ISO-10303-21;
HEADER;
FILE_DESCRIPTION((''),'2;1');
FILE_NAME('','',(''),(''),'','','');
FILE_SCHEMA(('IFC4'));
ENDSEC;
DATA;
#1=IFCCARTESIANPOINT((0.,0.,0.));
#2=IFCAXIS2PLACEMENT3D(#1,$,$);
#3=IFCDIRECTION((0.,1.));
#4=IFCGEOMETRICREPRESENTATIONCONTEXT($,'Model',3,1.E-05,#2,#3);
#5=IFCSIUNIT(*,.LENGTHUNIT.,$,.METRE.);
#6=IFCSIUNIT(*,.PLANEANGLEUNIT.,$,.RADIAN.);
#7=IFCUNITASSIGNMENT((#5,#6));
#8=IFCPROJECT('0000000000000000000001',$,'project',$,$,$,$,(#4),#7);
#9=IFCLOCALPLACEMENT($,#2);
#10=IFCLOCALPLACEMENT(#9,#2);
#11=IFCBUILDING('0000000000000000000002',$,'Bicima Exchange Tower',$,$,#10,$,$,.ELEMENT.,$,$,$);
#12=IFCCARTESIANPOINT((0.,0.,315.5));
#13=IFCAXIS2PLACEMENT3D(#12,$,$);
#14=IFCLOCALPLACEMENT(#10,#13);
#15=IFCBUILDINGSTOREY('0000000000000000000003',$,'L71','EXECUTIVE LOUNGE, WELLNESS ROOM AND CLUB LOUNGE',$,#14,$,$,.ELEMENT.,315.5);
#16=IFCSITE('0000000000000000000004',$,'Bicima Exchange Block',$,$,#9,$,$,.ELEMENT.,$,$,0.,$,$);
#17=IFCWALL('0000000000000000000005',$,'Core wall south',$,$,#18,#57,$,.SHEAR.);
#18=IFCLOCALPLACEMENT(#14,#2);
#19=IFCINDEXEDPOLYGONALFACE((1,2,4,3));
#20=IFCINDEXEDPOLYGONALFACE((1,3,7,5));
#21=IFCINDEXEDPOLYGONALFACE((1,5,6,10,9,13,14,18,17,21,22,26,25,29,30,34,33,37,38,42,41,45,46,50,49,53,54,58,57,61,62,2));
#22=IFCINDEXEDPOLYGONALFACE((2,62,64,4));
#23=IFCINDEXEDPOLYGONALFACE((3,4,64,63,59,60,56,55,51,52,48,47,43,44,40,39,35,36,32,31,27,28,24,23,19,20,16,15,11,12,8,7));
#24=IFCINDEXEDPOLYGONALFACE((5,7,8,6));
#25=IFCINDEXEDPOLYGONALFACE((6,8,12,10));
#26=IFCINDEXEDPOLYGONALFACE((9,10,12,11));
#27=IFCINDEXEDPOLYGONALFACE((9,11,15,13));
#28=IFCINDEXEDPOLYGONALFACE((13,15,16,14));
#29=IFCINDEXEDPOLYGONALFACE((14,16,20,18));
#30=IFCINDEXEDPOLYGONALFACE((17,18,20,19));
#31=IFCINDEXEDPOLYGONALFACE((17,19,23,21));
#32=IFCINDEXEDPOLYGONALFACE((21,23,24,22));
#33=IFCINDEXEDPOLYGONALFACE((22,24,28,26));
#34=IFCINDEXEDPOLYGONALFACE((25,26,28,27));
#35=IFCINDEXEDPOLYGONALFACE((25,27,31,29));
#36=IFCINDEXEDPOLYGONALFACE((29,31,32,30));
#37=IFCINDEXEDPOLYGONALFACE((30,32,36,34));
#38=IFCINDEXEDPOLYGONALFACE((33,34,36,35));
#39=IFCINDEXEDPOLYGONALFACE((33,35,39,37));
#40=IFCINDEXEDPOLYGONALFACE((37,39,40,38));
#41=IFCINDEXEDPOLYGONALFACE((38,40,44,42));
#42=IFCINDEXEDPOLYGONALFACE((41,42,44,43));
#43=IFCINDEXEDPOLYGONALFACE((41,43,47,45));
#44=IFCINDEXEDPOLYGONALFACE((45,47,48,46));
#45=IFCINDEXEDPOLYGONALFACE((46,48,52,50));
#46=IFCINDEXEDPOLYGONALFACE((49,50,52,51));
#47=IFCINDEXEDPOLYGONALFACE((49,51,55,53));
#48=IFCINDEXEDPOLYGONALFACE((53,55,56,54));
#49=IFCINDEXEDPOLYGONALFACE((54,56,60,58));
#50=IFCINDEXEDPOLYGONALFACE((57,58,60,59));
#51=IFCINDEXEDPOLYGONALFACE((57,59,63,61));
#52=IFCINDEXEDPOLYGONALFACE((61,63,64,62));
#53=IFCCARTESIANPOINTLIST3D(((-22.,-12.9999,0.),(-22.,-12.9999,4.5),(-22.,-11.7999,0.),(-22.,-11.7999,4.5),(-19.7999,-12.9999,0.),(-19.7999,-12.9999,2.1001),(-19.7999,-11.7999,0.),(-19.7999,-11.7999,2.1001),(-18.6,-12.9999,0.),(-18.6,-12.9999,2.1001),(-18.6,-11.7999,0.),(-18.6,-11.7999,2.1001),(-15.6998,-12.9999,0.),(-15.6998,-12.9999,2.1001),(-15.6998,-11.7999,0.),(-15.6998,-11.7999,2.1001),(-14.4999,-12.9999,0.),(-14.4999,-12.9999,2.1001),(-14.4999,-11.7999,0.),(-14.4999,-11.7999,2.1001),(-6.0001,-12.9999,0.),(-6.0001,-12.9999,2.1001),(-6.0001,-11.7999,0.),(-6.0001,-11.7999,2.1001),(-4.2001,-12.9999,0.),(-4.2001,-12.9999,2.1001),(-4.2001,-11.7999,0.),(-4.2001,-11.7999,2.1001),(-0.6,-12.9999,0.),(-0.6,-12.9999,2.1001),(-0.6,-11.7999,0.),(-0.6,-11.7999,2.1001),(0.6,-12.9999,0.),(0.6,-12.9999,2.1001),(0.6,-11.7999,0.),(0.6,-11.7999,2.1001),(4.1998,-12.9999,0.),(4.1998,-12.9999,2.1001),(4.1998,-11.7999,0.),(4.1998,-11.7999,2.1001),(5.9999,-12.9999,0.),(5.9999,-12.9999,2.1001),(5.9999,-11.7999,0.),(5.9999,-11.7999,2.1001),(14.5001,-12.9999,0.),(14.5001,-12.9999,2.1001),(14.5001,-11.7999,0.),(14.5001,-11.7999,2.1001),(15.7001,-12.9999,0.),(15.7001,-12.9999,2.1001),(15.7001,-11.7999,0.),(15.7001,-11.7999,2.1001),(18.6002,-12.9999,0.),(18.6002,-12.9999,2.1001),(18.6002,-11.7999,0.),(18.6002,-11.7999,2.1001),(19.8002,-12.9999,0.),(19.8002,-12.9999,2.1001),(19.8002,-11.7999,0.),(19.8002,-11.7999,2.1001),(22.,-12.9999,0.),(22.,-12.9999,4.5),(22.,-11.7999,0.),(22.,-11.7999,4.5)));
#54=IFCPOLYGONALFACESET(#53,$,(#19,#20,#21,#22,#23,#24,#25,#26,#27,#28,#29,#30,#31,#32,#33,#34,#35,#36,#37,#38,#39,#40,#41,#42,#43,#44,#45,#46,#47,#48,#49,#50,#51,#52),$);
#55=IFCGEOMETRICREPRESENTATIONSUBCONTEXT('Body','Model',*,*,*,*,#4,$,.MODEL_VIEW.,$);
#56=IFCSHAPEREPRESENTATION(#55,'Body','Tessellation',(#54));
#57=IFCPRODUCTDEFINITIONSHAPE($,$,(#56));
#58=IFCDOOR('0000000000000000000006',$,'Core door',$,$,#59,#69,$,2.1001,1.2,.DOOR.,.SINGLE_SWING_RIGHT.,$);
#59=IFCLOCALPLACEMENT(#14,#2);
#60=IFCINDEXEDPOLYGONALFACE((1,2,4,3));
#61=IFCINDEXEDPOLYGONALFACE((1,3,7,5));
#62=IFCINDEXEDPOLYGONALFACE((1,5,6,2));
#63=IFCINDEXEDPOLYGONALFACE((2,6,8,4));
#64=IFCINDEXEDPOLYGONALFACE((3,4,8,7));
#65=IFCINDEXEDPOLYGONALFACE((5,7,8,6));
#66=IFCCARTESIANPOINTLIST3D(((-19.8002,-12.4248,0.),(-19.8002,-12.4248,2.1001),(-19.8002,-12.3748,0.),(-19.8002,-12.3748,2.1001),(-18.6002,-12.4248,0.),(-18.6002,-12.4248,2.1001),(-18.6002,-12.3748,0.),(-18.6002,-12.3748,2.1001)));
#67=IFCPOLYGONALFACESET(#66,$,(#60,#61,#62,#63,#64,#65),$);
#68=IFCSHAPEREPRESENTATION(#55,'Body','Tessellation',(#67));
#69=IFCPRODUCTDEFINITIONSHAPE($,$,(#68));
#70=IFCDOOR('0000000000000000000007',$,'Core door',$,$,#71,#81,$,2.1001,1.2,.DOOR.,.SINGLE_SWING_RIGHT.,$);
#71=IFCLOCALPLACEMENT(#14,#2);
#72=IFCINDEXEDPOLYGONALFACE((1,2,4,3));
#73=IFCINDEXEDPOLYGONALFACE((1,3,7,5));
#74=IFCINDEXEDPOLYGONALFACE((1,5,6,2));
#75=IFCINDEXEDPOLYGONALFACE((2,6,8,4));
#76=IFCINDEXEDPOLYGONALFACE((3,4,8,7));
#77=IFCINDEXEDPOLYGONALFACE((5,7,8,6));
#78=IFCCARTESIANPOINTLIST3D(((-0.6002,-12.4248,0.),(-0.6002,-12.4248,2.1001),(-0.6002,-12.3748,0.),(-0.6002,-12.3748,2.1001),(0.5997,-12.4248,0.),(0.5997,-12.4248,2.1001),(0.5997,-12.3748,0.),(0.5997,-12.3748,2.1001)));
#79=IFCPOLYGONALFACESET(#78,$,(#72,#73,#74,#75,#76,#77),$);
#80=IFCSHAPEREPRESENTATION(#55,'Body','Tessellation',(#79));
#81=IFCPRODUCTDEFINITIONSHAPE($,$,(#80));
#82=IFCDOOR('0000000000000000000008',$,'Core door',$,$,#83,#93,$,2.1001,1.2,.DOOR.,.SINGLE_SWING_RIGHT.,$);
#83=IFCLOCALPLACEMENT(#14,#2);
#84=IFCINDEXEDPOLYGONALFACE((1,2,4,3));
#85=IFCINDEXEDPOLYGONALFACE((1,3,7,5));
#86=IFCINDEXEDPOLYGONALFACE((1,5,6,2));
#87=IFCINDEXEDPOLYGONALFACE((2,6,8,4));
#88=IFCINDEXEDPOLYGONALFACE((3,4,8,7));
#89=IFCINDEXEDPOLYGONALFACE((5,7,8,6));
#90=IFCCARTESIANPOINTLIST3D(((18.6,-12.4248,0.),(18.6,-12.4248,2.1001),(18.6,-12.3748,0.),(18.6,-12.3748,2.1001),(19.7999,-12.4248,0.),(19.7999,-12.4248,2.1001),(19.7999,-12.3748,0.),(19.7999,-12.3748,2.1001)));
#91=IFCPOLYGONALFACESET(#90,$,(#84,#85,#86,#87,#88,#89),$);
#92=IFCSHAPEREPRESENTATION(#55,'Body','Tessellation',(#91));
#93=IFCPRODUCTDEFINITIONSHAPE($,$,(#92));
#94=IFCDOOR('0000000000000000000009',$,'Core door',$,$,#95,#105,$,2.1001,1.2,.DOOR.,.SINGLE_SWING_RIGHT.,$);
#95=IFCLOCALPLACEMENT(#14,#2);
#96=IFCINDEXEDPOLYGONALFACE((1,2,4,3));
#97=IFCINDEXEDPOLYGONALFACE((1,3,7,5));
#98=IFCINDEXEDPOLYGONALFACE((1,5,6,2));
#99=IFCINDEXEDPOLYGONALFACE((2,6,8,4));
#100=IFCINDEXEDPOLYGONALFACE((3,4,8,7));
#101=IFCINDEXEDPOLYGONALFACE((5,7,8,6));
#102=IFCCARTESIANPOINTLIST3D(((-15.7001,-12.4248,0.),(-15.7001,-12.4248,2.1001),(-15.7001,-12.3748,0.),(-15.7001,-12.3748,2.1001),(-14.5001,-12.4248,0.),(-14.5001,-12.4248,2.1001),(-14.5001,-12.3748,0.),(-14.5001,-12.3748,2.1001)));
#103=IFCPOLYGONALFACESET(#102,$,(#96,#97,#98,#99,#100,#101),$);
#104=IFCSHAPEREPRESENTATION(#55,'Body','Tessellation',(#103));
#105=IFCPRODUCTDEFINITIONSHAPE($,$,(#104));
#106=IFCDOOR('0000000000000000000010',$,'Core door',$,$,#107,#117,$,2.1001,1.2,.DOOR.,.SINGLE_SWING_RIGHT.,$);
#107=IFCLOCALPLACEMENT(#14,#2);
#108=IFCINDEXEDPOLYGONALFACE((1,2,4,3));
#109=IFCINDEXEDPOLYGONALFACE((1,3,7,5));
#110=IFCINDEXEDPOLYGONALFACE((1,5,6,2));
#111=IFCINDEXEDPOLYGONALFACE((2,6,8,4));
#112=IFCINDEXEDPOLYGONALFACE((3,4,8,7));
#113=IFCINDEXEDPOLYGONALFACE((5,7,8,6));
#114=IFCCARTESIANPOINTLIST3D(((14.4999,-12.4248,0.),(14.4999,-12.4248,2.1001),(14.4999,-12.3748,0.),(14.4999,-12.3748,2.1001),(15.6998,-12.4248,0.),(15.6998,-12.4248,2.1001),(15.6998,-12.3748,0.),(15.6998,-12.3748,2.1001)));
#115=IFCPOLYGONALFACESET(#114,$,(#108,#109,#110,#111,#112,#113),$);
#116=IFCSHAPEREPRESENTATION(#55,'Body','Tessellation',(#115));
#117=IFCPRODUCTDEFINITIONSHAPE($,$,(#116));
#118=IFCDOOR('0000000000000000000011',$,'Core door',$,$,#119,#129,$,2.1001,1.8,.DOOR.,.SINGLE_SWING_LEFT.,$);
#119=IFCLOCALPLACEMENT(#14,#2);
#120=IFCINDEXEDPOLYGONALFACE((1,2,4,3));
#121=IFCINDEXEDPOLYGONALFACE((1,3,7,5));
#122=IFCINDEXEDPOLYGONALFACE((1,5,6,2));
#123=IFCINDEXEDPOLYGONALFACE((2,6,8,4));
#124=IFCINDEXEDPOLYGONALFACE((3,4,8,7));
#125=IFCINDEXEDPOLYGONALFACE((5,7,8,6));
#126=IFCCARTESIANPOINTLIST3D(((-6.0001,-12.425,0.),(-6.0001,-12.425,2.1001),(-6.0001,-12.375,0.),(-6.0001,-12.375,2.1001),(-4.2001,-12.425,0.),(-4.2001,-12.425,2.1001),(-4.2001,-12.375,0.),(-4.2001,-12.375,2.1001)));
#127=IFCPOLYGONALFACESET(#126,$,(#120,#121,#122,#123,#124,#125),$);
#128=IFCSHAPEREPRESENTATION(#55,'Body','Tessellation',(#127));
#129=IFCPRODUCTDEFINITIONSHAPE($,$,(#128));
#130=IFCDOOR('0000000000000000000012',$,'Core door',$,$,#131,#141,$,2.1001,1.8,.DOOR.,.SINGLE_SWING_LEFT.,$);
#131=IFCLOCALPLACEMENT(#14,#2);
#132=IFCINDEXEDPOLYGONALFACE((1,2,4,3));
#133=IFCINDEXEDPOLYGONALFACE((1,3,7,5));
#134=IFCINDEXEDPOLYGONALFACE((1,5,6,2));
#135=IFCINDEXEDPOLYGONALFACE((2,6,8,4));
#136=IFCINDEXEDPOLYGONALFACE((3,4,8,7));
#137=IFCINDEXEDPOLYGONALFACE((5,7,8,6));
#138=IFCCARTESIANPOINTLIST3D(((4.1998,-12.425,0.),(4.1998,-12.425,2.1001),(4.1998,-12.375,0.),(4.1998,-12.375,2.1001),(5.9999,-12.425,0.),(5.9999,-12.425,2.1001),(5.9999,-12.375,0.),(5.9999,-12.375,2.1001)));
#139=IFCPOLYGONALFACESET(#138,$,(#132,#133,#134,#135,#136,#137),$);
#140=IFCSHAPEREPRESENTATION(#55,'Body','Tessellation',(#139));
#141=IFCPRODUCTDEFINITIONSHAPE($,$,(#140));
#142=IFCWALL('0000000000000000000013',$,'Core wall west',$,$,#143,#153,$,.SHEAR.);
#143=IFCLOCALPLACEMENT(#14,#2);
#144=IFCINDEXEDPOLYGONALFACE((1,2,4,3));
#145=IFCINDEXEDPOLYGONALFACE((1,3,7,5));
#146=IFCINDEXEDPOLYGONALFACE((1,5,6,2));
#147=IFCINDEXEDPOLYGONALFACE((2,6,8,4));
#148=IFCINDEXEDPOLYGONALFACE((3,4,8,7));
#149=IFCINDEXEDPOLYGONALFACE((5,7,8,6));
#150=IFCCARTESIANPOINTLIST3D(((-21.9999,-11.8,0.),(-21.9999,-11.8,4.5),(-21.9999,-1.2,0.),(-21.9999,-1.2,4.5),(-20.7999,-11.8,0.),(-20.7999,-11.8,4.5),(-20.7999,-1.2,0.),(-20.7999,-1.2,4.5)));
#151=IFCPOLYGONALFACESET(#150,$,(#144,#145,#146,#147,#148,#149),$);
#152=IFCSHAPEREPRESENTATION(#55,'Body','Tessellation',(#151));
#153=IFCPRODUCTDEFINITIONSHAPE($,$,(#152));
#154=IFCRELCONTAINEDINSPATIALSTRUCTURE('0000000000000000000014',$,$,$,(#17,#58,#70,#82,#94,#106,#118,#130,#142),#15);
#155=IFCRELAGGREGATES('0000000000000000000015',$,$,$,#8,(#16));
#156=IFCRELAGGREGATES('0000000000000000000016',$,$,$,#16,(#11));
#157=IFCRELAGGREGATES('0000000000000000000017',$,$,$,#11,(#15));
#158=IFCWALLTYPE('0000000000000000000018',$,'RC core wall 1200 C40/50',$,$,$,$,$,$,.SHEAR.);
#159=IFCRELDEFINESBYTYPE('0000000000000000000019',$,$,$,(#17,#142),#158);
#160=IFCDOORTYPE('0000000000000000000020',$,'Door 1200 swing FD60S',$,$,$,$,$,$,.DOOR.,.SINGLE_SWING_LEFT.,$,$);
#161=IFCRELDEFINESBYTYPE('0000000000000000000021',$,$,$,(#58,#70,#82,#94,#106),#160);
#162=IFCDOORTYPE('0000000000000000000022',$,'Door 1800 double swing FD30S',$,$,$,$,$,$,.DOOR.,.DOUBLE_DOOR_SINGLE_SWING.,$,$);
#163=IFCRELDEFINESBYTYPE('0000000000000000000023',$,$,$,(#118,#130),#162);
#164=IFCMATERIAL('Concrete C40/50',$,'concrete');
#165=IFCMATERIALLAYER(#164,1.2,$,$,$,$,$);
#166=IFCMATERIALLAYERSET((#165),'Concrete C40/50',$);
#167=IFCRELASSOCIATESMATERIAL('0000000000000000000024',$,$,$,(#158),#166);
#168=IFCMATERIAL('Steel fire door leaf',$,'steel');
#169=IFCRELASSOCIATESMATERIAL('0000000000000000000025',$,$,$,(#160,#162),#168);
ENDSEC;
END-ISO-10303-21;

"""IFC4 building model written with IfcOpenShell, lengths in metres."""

from ifc_helpers import new_model, si_unit, direction, frame, frame_2d, origin, place, context, subcontext, project, spatial, rectangle, extrude, material, layer, layer_set, type_object, element, fill, save


model = new_model("IFC4")

# Units and contexts
model_context = context("Model", 3, precision=1e-05, world=origin(), true_north=direction((0.0, 1.0)))
body_context = subcontext(model_context, "Body", "Model", "MODEL_VIEW")
ifc_project = project(units=[si_unit("LENGTHUNIT", "METRE"), si_unit("PLANEANGLEUNIT", "RADIAN")], contexts=[model_context])

# Site, building, storey
site_placement = place(None, origin())
site = spatial("IfcSite", under=ifc_project, at=site_placement, Name="Bicima Exchange Block", CompositionType="ELEMENT", RefElevation=0.0)
building_placement = place(site_placement, origin())
building = spatial("IfcBuilding", under=site, at=building_placement, Name="Bicima Exchange Tower", CompositionType="ELEMENT")
storey_placement = place(building_placement, frame((0.0, 0.0, 315.5)))
storey = spatial("IfcBuildingStorey", under=building, at=storey_placement, Name="L71", Description="EXECUTIVE LOUNGE, WELLNESS ROOM AND CLUB LOUNGE", CompositionType="ELEMENT", Elevation=315.5)

# Wall, openings, doors
ifc_material_1 = material(Name="Concrete C40/50", Category="concrete")
ifc_layer_1 = layer(ifc_material_1, 1.2)
ifc_layer_set_1 = layer_set([ifc_layer_1], Name="Concrete C40/50")
wall_type_1 = type_object("IfcWallType", Name="RC core wall 1200 C40/50", PredefinedType="SHEAR", material=ifc_layer_set_1)
wall_1_placement = place(storey_placement, frame((-22.0, -12.3999, 0.0), z_axis=(0.0, 0.0, 1.0), x_axis=(1.0, 0.0, 0.0)))
wall_1 = element("IfcWall", 1, at=wall_1_placement, inside=storey, type_object=wall_type_1, Name="Core wall south", PredefinedType="SHEAR", context=body_context, shape_type="SweptSolid", body=[
    extrude(rectangle(XDim=44.0, YDim=1.2, at=frame_2d((22.0, 0.0))), origin(), (0.0, 0.0, 1.0), 4.5),
])
opening_1_placement = place(wall_1_placement, frame((2.2, 0.0, 0.0)))
opening_1 = element("IfcOpeningElement", 2, at=opening_1_placement, cuts=wall_1, PredefinedType="OPENING", context=body_context, shape_type="SweptSolid", body=[
    extrude(rectangle(XDim=1.2, YDim=2.1001, at=frame_2d((0.6001, 1.05))), frame((0.0, 0.6118, 0.0), z_axis=(0.0, -1.0, 0.0), x_axis=(1.0, 0.0, 0.0)), (0.0, 0.0, 1.0), 1.2239),
])
opening_2_placement = place(wall_1_placement, frame((21.3999, 0.0, 0.0)))
opening_2 = element("IfcOpeningElement", 3, at=opening_2_placement, cuts=wall_1, PredefinedType="OPENING", context=body_context, shape_type="SweptSolid", body=[
    extrude(rectangle(XDim=1.2, YDim=2.1001, at=frame_2d((0.6001, 1.05))), frame((0.0, 0.6118, 0.0), z_axis=(0.0, -1.0, 0.0), x_axis=(1.0, 0.0, 0.0)), (0.0, 0.0, 1.0), 1.2239),
])
opening_3_placement = place(wall_1_placement, frame((40.6001, 0.0, 0.0)))
opening_3 = element("IfcOpeningElement", 4, at=opening_3_placement, cuts=wall_1, PredefinedType="OPENING", context=body_context, shape_type="SweptSolid", body=[
    extrude(rectangle(XDim=1.2, YDim=2.1001, at=frame_2d((0.6001, 1.05))), frame((0.0, 0.6118, 0.0), z_axis=(0.0, -1.0, 0.0), x_axis=(1.0, 0.0, 0.0)), (0.0, 0.0, 1.0), 1.2239),
])
opening_4_placement = place(wall_1_placement, frame((16.0, 0.0, 0.0)))
opening_4 = element("IfcOpeningElement", 5, at=opening_4_placement, cuts=wall_1, PredefinedType="OPENING", context=body_context, shape_type="SweptSolid", body=[
    extrude(rectangle(XDim=1.8, YDim=2.1001, at=frame_2d((0.8999, 1.05))), frame((0.0, 0.6118, 0.0), z_axis=(0.0, -1.0, 0.0), x_axis=(1.0, 0.0, 0.0)), (0.0, 0.0, 1.0), 1.2239),
])
opening_5_placement = place(wall_1_placement, frame((6.3, 0.0, 0.0)))
opening_5 = element("IfcOpeningElement", 6, at=opening_5_placement, cuts=wall_1, PredefinedType="OPENING", context=body_context, shape_type="SweptSolid", body=[
    extrude(rectangle(XDim=1.2, YDim=2.1001, at=frame_2d((0.6001, 1.05))), frame((0.0, 0.6118, 0.0), z_axis=(0.0, -1.0, 0.0), x_axis=(1.0, 0.0, 0.0)), (0.0, 0.0, 1.0), 1.2239),
])
opening_6_placement = place(wall_1_placement, frame((26.2, 0.0, 0.0)))
opening_6 = element("IfcOpeningElement", 7, at=opening_6_placement, cuts=wall_1, PredefinedType="OPENING", context=body_context, shape_type="SweptSolid", body=[
    extrude(rectangle(XDim=1.8, YDim=2.1001, at=frame_2d((0.8999, 1.05))), frame((0.0, 0.6118, 0.0), z_axis=(0.0, -1.0, 0.0), x_axis=(1.0, 0.0, 0.0)), (0.0, 0.0, 1.0), 1.2239),
])
opening_7_placement = place(wall_1_placement, frame((36.5, 0.0, 0.0)))
opening_7 = element("IfcOpeningElement", 8, at=opening_7_placement, cuts=wall_1, PredefinedType="OPENING", context=body_context, shape_type="SweptSolid", body=[
    extrude(rectangle(XDim=1.2, YDim=2.1001, at=frame_2d((0.6001, 1.05))), frame((0.0, 0.6118, 0.0), z_axis=(0.0, -1.0, 0.0), x_axis=(1.0, 0.0, 0.0)), (0.0, 0.0, 1.0), 1.2239),
])
ifc_material_2 = material(Name="Steel fire door leaf", Category="steel")
door_type_1 = type_object("IfcDoorType", Name="Door 1200 swing FD60S", OperationType="SINGLE_SWING_LEFT", PredefinedType="DOOR", material=ifc_material_2)
door_1_placement = place(opening_1_placement, frame((1.2, 0.0, 0.0), z_axis=(0.0, 0.0, 1.0), x_axis=(-1.0, 0.0, 0.0)))
door_1 = element("IfcDoor", 9, at=door_1_placement, inside=storey, type_object=door_type_1, Name="Core door", OperationType="SINGLE_SWING_RIGHT", OverallHeight=2.1001, OverallWidth=1.2, PredefinedType="DOOR", context=body_context, shape_type="SweptSolid", body=[
    extrude(rectangle(XDim=1.2, YDim=2.1001, at=frame_2d((0.6001, 1.05))), frame((0.0, 0.0249, 0.0), z_axis=(0.0, -1.0, 0.0), x_axis=(1.0, 0.0, 0.0)), (0.0, 0.0, 1.0), 0.05),
])
fill(opening_1, door_1)
door_2_placement = place(opening_2_placement, frame((1.2, 0.0, 0.0), z_axis=(0.0, 0.0, 1.0), x_axis=(-1.0, 0.0, 0.0)))
door_2 = element("IfcDoor", 10, at=door_2_placement, inside=storey, type_object=door_type_1, Name="Core door", OperationType="SINGLE_SWING_RIGHT", OverallHeight=2.1001, OverallWidth=1.2, PredefinedType="DOOR", context=body_context, shape_type="SweptSolid", body=[
    extrude(rectangle(XDim=1.2, YDim=2.1001, at=frame_2d((0.6001, 1.05))), frame((0.0, 0.0249, 0.0), z_axis=(0.0, -1.0, 0.0), x_axis=(1.0, 0.0, 0.0)), (0.0, 0.0, 1.0), 0.05),
])
fill(opening_2, door_2)
door_3_placement = place(opening_3_placement, frame((1.2, 0.0, 0.0), z_axis=(0.0, 0.0, 1.0), x_axis=(-1.0, 0.0, 0.0)))
door_3 = element("IfcDoor", 11, at=door_3_placement, inside=storey, type_object=door_type_1, Name="Core door", OperationType="SINGLE_SWING_RIGHT", OverallHeight=2.1001, OverallWidth=1.2, PredefinedType="DOOR", context=body_context, shape_type="SweptSolid", body=[
    extrude(rectangle(XDim=1.2, YDim=2.1001, at=frame_2d((0.6001, 1.05))), frame((0.0, 0.0249, 0.0), z_axis=(0.0, -1.0, 0.0), x_axis=(1.0, 0.0, 0.0)), (0.0, 0.0, 1.0), 0.05),
])
fill(opening_3, door_3)
door_4_placement = place(opening_5_placement, frame((1.2, 0.0, 0.0), z_axis=(0.0, 0.0, 1.0), x_axis=(-1.0, 0.0, 0.0)))
door_4 = element("IfcDoor", 12, at=door_4_placement, inside=storey, type_object=door_type_1, Name="Core door", OperationType="SINGLE_SWING_RIGHT", OverallHeight=2.1001, OverallWidth=1.2, PredefinedType="DOOR", context=body_context, shape_type="SweptSolid", body=[
    extrude(rectangle(XDim=1.2, YDim=2.1001, at=frame_2d((0.6001, 1.05))), frame((0.0, 0.0249, 0.0), z_axis=(0.0, -1.0, 0.0), x_axis=(1.0, 0.0, 0.0)), (0.0, 0.0, 1.0), 0.05),
])
fill(opening_5, door_4)
door_5_placement = place(opening_7_placement, frame((1.2, 0.0, 0.0), z_axis=(0.0, 0.0, 1.0), x_axis=(-1.0, 0.0, 0.0)))
door_5 = element("IfcDoor", 13, at=door_5_placement, inside=storey, type_object=door_type_1, Name="Core door", OperationType="SINGLE_SWING_RIGHT", OverallHeight=2.1001, OverallWidth=1.2, PredefinedType="DOOR", context=body_context, shape_type="SweptSolid", body=[
    extrude(rectangle(XDim=1.2, YDim=2.1001, at=frame_2d((0.6001, 1.05))), frame((0.0, 0.0249, 0.0), z_axis=(0.0, -1.0, 0.0), x_axis=(1.0, 0.0, 0.0)), (0.0, 0.0, 1.0), 0.05),
])
fill(opening_7, door_5)
door_type_2 = type_object("IfcDoorType", Name="Door 1800 double swing FD30S", OperationType="DOUBLE_DOOR_SINGLE_SWING", PredefinedType="DOOR", material=ifc_material_2)
door_6_placement = place(opening_4_placement, origin())
door_6 = element("IfcDoor", 14, at=door_6_placement, inside=storey, type_object=door_type_2, Name="Core door", OperationType="SINGLE_SWING_LEFT", OverallHeight=2.1001, OverallWidth=1.8, PredefinedType="DOOR", context=body_context, shape_type="SweptSolid", body=[
    extrude(rectangle(XDim=1.8, YDim=2.1001, at=frame_2d((0.8999, 1.05))), frame((0.0, 0.0249, 0.0), z_axis=(0.0, -1.0, 0.0), x_axis=(1.0, 0.0, 0.0)), (0.0, 0.0, 1.0), 0.05),
])
fill(opening_4, door_6)
door_7_placement = place(opening_6_placement, origin())
door_7 = element("IfcDoor", 15, at=door_7_placement, inside=storey, type_object=door_type_2, Name="Core door", OperationType="SINGLE_SWING_LEFT", OverallHeight=2.1001, OverallWidth=1.8, PredefinedType="DOOR", context=body_context, shape_type="SweptSolid", body=[
    extrude(rectangle(XDim=1.8, YDim=2.1001, at=frame_2d((0.8999, 1.05))), frame((0.0, 0.0249, 0.0), z_axis=(0.0, -1.0, 0.0), x_axis=(1.0, 0.0, 0.0)), (0.0, 0.0, 1.0), 0.05),
])
fill(opening_6, door_7)

# Wall
wall_2_placement = place(storey_placement, frame((-21.3999, -11.8, 0.0), z_axis=(0.0, 0.0, 1.0), x_axis=(0.0, 1.0, 0.0)))
element("IfcWall", 16, at=wall_2_placement, inside=storey, type_object=wall_type_1, Name="Core wall west", PredefinedType="SHEAR", context=body_context, shape_type="SweptSolid", body=[
    extrude(rectangle(XDim=10.6001, YDim=1.2, at=frame_2d((5.3, 0.0))), origin(), (0.0, 0.0, 1.0), 4.5),
])

save(model, "model.ifc")
